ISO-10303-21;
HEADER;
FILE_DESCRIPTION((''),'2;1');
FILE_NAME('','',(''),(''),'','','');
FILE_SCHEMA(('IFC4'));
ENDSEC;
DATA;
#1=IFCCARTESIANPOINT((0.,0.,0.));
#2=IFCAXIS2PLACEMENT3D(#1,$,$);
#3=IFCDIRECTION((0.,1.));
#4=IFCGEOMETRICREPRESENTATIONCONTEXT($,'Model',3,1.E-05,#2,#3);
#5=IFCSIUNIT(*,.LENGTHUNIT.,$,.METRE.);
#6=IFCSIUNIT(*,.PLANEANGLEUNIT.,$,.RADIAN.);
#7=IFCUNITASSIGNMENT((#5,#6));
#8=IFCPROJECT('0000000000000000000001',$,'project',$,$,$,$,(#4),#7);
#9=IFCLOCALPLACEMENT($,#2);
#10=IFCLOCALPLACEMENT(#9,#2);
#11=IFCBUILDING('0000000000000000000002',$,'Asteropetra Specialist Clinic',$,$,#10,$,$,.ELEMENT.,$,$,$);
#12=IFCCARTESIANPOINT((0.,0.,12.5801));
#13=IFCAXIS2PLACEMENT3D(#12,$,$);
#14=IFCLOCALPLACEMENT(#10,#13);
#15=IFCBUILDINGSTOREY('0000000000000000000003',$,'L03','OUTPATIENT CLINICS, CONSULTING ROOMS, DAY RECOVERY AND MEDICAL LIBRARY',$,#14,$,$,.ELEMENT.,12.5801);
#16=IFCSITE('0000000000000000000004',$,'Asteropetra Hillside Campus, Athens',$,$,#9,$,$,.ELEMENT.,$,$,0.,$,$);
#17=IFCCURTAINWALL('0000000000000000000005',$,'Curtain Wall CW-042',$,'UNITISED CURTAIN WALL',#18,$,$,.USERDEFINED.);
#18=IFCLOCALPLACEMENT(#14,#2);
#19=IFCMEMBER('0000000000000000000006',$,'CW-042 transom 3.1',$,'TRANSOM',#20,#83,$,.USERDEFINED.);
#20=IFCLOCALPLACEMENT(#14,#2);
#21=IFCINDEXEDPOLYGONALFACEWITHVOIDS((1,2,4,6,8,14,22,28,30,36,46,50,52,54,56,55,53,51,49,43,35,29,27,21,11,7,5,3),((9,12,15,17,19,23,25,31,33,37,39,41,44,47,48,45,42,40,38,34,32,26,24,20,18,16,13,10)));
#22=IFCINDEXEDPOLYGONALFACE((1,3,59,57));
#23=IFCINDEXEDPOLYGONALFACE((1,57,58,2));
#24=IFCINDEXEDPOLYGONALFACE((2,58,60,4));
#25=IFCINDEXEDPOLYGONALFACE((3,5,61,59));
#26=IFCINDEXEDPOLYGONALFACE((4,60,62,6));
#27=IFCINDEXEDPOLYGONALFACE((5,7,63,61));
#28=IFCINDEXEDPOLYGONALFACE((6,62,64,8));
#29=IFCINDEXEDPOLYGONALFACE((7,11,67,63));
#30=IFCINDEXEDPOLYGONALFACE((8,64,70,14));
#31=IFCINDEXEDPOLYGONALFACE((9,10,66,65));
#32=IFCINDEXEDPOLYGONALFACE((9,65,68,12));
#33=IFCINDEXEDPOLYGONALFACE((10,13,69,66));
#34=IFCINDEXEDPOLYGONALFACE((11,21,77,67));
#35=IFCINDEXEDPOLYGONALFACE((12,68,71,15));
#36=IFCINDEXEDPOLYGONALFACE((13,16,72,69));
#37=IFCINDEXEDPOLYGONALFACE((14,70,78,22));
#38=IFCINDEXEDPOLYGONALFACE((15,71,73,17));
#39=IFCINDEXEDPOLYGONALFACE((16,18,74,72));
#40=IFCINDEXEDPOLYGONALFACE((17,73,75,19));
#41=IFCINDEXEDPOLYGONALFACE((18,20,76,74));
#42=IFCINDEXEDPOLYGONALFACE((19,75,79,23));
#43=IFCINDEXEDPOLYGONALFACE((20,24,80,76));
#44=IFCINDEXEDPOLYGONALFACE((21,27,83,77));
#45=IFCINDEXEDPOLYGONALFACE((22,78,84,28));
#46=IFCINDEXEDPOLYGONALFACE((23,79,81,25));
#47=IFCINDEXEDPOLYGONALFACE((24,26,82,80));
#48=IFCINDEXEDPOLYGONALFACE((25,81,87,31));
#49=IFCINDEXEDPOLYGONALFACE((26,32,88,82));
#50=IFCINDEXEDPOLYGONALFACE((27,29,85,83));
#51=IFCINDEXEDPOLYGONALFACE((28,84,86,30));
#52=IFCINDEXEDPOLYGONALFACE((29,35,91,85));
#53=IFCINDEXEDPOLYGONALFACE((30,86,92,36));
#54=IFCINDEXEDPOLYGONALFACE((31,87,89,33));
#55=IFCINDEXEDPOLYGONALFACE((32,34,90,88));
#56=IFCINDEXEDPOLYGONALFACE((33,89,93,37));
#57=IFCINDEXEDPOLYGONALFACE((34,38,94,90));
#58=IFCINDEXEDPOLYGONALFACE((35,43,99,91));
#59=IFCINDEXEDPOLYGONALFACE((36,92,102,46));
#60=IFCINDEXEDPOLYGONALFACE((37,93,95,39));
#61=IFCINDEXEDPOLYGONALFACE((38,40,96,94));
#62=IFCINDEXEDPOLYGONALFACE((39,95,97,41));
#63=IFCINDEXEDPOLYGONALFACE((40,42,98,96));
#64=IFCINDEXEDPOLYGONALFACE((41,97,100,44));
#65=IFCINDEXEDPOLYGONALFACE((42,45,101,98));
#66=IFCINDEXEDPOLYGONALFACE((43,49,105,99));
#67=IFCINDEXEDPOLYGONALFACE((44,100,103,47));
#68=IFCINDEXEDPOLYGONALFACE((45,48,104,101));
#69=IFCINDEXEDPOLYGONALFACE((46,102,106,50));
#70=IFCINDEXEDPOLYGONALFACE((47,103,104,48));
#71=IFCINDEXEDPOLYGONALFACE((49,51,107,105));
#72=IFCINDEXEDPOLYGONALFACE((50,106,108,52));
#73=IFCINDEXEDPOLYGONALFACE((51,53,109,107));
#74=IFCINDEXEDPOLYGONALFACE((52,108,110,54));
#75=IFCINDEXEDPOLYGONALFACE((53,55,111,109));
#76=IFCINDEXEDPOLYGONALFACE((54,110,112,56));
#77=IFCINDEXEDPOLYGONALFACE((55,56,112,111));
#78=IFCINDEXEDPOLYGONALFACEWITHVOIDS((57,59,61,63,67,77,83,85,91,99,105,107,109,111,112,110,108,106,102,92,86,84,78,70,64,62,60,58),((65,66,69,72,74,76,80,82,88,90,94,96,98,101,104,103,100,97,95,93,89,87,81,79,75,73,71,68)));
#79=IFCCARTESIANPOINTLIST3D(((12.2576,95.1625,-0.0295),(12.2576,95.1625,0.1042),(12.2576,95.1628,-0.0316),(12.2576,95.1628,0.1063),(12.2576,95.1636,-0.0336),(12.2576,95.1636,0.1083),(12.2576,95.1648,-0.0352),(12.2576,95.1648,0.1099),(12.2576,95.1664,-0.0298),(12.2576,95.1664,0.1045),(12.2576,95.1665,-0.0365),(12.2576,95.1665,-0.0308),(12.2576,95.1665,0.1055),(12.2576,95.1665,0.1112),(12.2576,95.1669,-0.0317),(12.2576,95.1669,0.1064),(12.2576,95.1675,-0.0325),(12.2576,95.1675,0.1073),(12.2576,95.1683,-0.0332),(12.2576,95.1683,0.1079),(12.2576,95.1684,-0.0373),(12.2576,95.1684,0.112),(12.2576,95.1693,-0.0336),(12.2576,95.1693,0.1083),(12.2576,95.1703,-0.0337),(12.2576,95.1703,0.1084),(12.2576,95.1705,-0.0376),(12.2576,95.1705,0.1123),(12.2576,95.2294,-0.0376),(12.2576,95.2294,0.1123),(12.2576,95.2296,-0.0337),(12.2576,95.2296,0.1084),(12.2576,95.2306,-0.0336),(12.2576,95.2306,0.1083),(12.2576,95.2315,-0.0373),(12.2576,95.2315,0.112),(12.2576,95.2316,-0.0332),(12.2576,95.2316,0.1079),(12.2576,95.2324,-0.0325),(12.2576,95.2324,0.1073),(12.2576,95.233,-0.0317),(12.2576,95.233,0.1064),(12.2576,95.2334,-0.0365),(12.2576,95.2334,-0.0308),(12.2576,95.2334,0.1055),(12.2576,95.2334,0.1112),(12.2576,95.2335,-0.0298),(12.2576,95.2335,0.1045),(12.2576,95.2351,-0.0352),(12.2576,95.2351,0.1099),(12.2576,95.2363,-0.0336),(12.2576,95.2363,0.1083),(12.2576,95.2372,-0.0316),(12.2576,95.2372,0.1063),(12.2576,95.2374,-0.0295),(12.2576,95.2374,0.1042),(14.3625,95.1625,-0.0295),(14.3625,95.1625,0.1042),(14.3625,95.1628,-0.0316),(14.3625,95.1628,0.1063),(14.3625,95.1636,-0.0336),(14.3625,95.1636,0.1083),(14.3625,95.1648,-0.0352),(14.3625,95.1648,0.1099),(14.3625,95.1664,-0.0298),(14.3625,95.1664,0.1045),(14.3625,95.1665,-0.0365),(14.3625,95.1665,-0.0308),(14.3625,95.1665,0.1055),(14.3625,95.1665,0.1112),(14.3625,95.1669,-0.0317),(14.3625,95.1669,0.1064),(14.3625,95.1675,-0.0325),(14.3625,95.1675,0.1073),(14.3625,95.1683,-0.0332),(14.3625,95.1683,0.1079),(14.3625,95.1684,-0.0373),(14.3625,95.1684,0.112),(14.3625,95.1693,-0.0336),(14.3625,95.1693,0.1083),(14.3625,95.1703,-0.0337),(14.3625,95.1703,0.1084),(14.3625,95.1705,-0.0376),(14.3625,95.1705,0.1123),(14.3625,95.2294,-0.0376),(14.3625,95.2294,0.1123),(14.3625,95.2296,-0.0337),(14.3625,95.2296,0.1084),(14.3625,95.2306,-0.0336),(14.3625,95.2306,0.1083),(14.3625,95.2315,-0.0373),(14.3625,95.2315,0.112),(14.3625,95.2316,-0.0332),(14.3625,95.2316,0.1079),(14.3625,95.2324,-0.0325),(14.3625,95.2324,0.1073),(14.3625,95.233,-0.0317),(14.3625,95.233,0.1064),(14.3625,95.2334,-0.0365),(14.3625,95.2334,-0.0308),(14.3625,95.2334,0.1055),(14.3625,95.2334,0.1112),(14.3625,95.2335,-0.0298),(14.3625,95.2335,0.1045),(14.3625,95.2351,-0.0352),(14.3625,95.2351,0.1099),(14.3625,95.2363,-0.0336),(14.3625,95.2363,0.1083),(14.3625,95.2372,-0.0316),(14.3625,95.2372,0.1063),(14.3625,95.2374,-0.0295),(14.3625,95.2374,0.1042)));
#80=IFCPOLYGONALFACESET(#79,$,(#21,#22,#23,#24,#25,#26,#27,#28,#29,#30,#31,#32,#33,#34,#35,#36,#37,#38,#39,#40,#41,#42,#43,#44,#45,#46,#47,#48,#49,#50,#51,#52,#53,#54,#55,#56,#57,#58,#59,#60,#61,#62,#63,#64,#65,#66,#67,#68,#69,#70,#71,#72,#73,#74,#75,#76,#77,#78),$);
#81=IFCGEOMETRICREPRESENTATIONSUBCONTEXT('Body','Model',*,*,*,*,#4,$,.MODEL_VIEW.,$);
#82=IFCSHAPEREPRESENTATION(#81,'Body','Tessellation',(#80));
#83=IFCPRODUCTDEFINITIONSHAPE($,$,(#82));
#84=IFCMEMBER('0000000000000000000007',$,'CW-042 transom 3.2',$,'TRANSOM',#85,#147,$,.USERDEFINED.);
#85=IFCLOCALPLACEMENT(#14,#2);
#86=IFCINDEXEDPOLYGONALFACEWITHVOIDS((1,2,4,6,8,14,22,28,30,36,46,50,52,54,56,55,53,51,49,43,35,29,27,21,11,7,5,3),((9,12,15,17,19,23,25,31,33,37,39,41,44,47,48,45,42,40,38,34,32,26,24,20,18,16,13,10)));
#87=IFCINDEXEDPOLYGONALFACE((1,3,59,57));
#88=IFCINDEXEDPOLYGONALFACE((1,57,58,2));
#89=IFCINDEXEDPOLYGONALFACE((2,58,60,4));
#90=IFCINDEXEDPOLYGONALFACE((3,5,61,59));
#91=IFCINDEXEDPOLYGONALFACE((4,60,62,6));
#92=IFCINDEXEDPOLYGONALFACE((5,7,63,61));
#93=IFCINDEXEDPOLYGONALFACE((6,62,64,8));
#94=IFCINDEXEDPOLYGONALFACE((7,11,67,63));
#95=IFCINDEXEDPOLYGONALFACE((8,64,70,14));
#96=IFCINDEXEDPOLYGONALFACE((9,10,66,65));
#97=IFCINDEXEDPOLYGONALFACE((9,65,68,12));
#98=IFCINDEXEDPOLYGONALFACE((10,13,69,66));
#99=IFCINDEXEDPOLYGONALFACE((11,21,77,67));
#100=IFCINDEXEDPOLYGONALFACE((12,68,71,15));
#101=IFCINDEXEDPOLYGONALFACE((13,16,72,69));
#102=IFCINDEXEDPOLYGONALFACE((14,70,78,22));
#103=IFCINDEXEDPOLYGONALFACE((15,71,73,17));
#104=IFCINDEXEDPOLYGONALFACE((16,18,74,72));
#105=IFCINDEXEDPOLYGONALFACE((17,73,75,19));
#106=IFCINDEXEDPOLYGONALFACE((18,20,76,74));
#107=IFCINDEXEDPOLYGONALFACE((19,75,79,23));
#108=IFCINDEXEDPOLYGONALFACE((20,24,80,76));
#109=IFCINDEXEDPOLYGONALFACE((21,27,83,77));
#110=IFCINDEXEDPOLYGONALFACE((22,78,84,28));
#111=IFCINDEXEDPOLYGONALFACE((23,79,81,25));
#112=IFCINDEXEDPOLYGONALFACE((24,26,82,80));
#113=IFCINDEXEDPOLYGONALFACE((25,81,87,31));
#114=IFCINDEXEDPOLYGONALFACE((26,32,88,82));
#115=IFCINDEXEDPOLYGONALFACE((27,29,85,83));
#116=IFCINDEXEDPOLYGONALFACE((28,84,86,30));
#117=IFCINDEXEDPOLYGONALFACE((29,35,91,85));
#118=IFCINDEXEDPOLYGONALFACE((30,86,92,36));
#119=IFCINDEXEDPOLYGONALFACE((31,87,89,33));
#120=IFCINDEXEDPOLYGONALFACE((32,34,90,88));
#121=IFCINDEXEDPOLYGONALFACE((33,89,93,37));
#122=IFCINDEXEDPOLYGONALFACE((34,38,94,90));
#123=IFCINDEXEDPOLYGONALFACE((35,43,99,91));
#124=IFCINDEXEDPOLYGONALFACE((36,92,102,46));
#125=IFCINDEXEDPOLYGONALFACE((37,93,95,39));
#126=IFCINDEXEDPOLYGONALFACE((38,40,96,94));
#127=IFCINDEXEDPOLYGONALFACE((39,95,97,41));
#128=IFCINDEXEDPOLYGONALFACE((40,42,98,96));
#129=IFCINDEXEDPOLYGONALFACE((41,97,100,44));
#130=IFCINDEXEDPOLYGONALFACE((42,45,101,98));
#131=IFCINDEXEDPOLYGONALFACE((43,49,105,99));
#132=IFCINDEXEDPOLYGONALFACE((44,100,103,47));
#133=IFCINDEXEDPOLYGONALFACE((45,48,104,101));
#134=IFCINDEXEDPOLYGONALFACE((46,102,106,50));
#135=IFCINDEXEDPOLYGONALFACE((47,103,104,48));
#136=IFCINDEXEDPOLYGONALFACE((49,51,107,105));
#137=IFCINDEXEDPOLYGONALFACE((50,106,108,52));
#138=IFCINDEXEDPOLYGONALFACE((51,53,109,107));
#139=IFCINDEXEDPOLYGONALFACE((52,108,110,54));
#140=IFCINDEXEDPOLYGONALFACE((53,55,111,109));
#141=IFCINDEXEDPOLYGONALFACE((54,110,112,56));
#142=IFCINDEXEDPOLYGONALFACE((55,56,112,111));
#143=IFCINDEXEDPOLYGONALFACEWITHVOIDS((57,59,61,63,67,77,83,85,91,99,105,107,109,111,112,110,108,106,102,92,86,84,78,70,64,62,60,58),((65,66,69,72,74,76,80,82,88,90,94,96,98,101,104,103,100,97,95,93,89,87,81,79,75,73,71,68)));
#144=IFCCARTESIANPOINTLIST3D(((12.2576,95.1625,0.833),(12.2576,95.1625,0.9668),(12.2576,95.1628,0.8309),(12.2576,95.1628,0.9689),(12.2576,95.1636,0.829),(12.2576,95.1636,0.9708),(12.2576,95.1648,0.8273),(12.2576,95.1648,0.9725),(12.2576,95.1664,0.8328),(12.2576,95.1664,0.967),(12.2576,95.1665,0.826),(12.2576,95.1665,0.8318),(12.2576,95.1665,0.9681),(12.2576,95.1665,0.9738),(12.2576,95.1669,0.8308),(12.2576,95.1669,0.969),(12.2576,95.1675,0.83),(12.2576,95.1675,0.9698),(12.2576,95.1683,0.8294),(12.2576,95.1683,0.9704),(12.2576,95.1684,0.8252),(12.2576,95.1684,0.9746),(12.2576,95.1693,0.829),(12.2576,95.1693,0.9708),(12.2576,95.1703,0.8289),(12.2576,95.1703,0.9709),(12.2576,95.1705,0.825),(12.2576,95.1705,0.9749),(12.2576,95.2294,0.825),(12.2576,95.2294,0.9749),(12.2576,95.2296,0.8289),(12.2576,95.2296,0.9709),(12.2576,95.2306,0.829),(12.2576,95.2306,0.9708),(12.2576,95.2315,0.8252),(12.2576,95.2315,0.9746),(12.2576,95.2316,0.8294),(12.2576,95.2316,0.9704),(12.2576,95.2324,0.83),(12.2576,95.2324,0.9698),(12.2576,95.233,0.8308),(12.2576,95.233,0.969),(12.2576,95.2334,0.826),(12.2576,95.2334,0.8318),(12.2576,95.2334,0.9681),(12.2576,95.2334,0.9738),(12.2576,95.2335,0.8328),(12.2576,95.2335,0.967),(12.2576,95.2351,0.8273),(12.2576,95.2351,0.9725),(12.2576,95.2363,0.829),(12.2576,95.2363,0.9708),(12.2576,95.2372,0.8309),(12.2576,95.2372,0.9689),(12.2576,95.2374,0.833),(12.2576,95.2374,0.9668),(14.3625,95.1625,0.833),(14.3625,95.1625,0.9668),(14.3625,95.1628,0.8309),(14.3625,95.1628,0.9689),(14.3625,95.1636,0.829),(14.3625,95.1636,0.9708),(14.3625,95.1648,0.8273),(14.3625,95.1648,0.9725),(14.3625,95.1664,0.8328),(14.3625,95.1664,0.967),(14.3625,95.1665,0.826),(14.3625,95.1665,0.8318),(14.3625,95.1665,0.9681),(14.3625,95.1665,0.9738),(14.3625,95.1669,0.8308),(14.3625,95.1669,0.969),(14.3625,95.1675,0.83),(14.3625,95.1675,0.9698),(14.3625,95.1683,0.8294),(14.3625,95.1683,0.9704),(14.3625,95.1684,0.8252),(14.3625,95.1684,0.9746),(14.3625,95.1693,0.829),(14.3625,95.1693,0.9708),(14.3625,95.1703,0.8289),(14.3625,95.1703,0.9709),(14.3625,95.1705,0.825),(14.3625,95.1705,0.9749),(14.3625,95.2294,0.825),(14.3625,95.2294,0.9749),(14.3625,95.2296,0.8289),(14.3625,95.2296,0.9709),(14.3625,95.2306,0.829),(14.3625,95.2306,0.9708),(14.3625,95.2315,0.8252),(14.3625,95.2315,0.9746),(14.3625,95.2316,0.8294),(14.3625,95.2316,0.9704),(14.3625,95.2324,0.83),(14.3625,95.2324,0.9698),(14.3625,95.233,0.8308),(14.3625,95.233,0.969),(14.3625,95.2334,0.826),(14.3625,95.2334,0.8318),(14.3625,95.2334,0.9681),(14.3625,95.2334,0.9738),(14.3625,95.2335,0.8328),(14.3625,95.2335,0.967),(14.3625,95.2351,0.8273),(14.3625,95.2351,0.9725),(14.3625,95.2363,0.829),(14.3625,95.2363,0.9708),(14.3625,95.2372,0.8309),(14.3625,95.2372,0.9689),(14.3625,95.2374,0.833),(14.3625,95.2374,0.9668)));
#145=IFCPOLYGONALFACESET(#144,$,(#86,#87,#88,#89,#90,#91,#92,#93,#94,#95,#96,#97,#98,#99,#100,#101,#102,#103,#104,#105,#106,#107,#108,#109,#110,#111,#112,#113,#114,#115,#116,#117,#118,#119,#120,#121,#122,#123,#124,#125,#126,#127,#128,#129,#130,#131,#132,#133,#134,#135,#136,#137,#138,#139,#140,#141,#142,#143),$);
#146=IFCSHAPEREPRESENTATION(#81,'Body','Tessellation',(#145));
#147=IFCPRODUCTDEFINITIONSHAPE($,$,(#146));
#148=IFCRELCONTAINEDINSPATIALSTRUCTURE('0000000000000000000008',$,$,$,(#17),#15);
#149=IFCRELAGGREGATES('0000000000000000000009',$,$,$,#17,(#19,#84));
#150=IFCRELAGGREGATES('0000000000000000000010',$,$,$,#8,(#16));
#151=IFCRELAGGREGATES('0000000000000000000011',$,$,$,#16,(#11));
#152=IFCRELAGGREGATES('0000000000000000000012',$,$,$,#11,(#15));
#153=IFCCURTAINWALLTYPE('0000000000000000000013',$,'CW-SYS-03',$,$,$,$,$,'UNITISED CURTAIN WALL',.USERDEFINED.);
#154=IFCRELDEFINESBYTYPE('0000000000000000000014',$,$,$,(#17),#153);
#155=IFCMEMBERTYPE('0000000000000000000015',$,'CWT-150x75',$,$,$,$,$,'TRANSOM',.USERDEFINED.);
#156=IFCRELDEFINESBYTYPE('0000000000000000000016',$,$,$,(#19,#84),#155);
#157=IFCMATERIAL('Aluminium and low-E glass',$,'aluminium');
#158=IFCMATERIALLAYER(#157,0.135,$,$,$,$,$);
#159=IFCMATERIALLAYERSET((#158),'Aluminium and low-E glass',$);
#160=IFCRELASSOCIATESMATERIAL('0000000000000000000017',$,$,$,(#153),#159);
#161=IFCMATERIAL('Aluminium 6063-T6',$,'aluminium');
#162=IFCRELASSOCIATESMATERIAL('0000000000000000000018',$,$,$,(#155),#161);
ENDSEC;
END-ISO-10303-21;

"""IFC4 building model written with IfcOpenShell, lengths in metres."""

from ifc_helpers import new_model, si_unit, direction, frame, origin, origin_2d, place, context, subcontext, project, spatial, hollow_rectangle, extrude, material, layer, layer_set, material_profile, profile_set, type_object, element, aggregate, save


model = new_model("IFC4")

# Units and contexts
model_context = context("Model", 3, precision=1e-05, world=origin(), true_north=direction((0.0, 1.0)))
body_context = subcontext(model_context, "Body", "Model", "MODEL_VIEW")
ifc_project = project(units=[si_unit("LENGTHUNIT", "METRE"), si_unit("PLANEANGLEUNIT", "RADIAN")], contexts=[model_context])

# Site, building, storey
site_placement = place(None, origin())
site = spatial("IfcSite", under=ifc_project, at=site_placement, Name="Asteropetra Hillside Campus, Athens", CompositionType="ELEMENT", RefElevation=0.0)
building_placement = place(site_placement, origin())
building = spatial("IfcBuilding", under=site, at=building_placement, Name="Asteropetra Specialist Clinic", CompositionType="ELEMENT")
storey_placement = place(building_placement, frame((0.0, 0.0, 12.5801)))
storey = spatial("IfcBuildingStorey", under=building, at=storey_placement, Name="L03", Description="OUTPATIENT CLINICS, CONSULTING ROOMS, DAY RECOVERY AND MEDICAL LIBRARY", CompositionType="ELEMENT", Elevation=12.5801)

# Curtain wall, members
ifc_material_1 = material(Name="Aluminium and low-E glass", Category="aluminium")
ifc_layer_1 = layer(ifc_material_1, 0.135)
ifc_layer_set_1 = layer_set([ifc_layer_1], Name="Aluminium and low-E glass")
curtain_wall_type = type_object("IfcCurtainWallType", Name="CW-SYS-03", ElementType="UNITISED CURTAIN WALL", PredefinedType="USERDEFINED", material=ifc_layer_set_1)
curtain_wall_placement = place(storey_placement, origin())
curtain_wall = element("IfcCurtainWall", 1, at=curtain_wall_placement, inside=storey, type_object=curtain_wall_type, Name="Curtain Wall CW-042", ObjectType="UNITISED CURTAIN WALL", PredefinedType="USERDEFINED")
ifc_material_2 = material(Name="Aluminium 6063-T6", Category="aluminium")
ifc_material_profile_1 = material_profile(ifc_material_2, hollow_rectangle(XDim=0.075, YDim=0.1499, WallThickness=0.0039, InnerFilletRadius=0.0039, OuterFilletRadius=0.0081, at=origin_2d()), Name="TRN 150x75x4.0")
ifc_profile_set_1 = profile_set([ifc_material_profile_1], Name="Aluminium 6063-T6")
member_type_1 = type_object("IfcMemberType", Name="CWT-150x75", ElementType="TRANSOM", PredefinedType="USERDEFINED", material=ifc_profile_set_1)
member_1_placement = place(storey_placement, frame((14.3625, 95.2, 0.0374), z_axis=(-1.0, 0.0, 0.0), x_axis=(0.0, -1.0, 0.0)))
member_1 = element("IfcMember", 2, at=member_1_placement, type_object=member_type_1, Name="CW-042 transom 3.1", ObjectType="TRANSOM", PredefinedType="USERDEFINED", context=body_context, shape_type="SweptSolid", body=[
    extrude(hollow_rectangle(XDim=0.075, YDim=0.1499, WallThickness=0.0039, InnerFilletRadius=0.0039, OuterFilletRadius=0.0081, at=origin_2d()), origin(), (0.0, 0.0, 1.0), 2.105),
])
member_2_placement = place(storey_placement, frame((14.3625, 95.2, 0.8999), z_axis=(-1.0, 0.0, 0.0), x_axis=(0.0, -1.0, 0.0)))
member_2 = element("IfcMember", 3, at=member_2_placement, type_object=member_type_1, Name="CW-042 transom 3.2", ObjectType="TRANSOM", PredefinedType="USERDEFINED", context=body_context, shape_type="SweptSolid", body=[
    extrude(hollow_rectangle(XDim=0.075, YDim=0.1499, WallThickness=0.0039, InnerFilletRadius=0.0039, OuterFilletRadius=0.0081, at=origin_2d()), origin(), (0.0, 0.0, 1.0), 2.105),
])

aggregate(curtain_wall, [member_1, member_2])

save(model, "model.ifc")
